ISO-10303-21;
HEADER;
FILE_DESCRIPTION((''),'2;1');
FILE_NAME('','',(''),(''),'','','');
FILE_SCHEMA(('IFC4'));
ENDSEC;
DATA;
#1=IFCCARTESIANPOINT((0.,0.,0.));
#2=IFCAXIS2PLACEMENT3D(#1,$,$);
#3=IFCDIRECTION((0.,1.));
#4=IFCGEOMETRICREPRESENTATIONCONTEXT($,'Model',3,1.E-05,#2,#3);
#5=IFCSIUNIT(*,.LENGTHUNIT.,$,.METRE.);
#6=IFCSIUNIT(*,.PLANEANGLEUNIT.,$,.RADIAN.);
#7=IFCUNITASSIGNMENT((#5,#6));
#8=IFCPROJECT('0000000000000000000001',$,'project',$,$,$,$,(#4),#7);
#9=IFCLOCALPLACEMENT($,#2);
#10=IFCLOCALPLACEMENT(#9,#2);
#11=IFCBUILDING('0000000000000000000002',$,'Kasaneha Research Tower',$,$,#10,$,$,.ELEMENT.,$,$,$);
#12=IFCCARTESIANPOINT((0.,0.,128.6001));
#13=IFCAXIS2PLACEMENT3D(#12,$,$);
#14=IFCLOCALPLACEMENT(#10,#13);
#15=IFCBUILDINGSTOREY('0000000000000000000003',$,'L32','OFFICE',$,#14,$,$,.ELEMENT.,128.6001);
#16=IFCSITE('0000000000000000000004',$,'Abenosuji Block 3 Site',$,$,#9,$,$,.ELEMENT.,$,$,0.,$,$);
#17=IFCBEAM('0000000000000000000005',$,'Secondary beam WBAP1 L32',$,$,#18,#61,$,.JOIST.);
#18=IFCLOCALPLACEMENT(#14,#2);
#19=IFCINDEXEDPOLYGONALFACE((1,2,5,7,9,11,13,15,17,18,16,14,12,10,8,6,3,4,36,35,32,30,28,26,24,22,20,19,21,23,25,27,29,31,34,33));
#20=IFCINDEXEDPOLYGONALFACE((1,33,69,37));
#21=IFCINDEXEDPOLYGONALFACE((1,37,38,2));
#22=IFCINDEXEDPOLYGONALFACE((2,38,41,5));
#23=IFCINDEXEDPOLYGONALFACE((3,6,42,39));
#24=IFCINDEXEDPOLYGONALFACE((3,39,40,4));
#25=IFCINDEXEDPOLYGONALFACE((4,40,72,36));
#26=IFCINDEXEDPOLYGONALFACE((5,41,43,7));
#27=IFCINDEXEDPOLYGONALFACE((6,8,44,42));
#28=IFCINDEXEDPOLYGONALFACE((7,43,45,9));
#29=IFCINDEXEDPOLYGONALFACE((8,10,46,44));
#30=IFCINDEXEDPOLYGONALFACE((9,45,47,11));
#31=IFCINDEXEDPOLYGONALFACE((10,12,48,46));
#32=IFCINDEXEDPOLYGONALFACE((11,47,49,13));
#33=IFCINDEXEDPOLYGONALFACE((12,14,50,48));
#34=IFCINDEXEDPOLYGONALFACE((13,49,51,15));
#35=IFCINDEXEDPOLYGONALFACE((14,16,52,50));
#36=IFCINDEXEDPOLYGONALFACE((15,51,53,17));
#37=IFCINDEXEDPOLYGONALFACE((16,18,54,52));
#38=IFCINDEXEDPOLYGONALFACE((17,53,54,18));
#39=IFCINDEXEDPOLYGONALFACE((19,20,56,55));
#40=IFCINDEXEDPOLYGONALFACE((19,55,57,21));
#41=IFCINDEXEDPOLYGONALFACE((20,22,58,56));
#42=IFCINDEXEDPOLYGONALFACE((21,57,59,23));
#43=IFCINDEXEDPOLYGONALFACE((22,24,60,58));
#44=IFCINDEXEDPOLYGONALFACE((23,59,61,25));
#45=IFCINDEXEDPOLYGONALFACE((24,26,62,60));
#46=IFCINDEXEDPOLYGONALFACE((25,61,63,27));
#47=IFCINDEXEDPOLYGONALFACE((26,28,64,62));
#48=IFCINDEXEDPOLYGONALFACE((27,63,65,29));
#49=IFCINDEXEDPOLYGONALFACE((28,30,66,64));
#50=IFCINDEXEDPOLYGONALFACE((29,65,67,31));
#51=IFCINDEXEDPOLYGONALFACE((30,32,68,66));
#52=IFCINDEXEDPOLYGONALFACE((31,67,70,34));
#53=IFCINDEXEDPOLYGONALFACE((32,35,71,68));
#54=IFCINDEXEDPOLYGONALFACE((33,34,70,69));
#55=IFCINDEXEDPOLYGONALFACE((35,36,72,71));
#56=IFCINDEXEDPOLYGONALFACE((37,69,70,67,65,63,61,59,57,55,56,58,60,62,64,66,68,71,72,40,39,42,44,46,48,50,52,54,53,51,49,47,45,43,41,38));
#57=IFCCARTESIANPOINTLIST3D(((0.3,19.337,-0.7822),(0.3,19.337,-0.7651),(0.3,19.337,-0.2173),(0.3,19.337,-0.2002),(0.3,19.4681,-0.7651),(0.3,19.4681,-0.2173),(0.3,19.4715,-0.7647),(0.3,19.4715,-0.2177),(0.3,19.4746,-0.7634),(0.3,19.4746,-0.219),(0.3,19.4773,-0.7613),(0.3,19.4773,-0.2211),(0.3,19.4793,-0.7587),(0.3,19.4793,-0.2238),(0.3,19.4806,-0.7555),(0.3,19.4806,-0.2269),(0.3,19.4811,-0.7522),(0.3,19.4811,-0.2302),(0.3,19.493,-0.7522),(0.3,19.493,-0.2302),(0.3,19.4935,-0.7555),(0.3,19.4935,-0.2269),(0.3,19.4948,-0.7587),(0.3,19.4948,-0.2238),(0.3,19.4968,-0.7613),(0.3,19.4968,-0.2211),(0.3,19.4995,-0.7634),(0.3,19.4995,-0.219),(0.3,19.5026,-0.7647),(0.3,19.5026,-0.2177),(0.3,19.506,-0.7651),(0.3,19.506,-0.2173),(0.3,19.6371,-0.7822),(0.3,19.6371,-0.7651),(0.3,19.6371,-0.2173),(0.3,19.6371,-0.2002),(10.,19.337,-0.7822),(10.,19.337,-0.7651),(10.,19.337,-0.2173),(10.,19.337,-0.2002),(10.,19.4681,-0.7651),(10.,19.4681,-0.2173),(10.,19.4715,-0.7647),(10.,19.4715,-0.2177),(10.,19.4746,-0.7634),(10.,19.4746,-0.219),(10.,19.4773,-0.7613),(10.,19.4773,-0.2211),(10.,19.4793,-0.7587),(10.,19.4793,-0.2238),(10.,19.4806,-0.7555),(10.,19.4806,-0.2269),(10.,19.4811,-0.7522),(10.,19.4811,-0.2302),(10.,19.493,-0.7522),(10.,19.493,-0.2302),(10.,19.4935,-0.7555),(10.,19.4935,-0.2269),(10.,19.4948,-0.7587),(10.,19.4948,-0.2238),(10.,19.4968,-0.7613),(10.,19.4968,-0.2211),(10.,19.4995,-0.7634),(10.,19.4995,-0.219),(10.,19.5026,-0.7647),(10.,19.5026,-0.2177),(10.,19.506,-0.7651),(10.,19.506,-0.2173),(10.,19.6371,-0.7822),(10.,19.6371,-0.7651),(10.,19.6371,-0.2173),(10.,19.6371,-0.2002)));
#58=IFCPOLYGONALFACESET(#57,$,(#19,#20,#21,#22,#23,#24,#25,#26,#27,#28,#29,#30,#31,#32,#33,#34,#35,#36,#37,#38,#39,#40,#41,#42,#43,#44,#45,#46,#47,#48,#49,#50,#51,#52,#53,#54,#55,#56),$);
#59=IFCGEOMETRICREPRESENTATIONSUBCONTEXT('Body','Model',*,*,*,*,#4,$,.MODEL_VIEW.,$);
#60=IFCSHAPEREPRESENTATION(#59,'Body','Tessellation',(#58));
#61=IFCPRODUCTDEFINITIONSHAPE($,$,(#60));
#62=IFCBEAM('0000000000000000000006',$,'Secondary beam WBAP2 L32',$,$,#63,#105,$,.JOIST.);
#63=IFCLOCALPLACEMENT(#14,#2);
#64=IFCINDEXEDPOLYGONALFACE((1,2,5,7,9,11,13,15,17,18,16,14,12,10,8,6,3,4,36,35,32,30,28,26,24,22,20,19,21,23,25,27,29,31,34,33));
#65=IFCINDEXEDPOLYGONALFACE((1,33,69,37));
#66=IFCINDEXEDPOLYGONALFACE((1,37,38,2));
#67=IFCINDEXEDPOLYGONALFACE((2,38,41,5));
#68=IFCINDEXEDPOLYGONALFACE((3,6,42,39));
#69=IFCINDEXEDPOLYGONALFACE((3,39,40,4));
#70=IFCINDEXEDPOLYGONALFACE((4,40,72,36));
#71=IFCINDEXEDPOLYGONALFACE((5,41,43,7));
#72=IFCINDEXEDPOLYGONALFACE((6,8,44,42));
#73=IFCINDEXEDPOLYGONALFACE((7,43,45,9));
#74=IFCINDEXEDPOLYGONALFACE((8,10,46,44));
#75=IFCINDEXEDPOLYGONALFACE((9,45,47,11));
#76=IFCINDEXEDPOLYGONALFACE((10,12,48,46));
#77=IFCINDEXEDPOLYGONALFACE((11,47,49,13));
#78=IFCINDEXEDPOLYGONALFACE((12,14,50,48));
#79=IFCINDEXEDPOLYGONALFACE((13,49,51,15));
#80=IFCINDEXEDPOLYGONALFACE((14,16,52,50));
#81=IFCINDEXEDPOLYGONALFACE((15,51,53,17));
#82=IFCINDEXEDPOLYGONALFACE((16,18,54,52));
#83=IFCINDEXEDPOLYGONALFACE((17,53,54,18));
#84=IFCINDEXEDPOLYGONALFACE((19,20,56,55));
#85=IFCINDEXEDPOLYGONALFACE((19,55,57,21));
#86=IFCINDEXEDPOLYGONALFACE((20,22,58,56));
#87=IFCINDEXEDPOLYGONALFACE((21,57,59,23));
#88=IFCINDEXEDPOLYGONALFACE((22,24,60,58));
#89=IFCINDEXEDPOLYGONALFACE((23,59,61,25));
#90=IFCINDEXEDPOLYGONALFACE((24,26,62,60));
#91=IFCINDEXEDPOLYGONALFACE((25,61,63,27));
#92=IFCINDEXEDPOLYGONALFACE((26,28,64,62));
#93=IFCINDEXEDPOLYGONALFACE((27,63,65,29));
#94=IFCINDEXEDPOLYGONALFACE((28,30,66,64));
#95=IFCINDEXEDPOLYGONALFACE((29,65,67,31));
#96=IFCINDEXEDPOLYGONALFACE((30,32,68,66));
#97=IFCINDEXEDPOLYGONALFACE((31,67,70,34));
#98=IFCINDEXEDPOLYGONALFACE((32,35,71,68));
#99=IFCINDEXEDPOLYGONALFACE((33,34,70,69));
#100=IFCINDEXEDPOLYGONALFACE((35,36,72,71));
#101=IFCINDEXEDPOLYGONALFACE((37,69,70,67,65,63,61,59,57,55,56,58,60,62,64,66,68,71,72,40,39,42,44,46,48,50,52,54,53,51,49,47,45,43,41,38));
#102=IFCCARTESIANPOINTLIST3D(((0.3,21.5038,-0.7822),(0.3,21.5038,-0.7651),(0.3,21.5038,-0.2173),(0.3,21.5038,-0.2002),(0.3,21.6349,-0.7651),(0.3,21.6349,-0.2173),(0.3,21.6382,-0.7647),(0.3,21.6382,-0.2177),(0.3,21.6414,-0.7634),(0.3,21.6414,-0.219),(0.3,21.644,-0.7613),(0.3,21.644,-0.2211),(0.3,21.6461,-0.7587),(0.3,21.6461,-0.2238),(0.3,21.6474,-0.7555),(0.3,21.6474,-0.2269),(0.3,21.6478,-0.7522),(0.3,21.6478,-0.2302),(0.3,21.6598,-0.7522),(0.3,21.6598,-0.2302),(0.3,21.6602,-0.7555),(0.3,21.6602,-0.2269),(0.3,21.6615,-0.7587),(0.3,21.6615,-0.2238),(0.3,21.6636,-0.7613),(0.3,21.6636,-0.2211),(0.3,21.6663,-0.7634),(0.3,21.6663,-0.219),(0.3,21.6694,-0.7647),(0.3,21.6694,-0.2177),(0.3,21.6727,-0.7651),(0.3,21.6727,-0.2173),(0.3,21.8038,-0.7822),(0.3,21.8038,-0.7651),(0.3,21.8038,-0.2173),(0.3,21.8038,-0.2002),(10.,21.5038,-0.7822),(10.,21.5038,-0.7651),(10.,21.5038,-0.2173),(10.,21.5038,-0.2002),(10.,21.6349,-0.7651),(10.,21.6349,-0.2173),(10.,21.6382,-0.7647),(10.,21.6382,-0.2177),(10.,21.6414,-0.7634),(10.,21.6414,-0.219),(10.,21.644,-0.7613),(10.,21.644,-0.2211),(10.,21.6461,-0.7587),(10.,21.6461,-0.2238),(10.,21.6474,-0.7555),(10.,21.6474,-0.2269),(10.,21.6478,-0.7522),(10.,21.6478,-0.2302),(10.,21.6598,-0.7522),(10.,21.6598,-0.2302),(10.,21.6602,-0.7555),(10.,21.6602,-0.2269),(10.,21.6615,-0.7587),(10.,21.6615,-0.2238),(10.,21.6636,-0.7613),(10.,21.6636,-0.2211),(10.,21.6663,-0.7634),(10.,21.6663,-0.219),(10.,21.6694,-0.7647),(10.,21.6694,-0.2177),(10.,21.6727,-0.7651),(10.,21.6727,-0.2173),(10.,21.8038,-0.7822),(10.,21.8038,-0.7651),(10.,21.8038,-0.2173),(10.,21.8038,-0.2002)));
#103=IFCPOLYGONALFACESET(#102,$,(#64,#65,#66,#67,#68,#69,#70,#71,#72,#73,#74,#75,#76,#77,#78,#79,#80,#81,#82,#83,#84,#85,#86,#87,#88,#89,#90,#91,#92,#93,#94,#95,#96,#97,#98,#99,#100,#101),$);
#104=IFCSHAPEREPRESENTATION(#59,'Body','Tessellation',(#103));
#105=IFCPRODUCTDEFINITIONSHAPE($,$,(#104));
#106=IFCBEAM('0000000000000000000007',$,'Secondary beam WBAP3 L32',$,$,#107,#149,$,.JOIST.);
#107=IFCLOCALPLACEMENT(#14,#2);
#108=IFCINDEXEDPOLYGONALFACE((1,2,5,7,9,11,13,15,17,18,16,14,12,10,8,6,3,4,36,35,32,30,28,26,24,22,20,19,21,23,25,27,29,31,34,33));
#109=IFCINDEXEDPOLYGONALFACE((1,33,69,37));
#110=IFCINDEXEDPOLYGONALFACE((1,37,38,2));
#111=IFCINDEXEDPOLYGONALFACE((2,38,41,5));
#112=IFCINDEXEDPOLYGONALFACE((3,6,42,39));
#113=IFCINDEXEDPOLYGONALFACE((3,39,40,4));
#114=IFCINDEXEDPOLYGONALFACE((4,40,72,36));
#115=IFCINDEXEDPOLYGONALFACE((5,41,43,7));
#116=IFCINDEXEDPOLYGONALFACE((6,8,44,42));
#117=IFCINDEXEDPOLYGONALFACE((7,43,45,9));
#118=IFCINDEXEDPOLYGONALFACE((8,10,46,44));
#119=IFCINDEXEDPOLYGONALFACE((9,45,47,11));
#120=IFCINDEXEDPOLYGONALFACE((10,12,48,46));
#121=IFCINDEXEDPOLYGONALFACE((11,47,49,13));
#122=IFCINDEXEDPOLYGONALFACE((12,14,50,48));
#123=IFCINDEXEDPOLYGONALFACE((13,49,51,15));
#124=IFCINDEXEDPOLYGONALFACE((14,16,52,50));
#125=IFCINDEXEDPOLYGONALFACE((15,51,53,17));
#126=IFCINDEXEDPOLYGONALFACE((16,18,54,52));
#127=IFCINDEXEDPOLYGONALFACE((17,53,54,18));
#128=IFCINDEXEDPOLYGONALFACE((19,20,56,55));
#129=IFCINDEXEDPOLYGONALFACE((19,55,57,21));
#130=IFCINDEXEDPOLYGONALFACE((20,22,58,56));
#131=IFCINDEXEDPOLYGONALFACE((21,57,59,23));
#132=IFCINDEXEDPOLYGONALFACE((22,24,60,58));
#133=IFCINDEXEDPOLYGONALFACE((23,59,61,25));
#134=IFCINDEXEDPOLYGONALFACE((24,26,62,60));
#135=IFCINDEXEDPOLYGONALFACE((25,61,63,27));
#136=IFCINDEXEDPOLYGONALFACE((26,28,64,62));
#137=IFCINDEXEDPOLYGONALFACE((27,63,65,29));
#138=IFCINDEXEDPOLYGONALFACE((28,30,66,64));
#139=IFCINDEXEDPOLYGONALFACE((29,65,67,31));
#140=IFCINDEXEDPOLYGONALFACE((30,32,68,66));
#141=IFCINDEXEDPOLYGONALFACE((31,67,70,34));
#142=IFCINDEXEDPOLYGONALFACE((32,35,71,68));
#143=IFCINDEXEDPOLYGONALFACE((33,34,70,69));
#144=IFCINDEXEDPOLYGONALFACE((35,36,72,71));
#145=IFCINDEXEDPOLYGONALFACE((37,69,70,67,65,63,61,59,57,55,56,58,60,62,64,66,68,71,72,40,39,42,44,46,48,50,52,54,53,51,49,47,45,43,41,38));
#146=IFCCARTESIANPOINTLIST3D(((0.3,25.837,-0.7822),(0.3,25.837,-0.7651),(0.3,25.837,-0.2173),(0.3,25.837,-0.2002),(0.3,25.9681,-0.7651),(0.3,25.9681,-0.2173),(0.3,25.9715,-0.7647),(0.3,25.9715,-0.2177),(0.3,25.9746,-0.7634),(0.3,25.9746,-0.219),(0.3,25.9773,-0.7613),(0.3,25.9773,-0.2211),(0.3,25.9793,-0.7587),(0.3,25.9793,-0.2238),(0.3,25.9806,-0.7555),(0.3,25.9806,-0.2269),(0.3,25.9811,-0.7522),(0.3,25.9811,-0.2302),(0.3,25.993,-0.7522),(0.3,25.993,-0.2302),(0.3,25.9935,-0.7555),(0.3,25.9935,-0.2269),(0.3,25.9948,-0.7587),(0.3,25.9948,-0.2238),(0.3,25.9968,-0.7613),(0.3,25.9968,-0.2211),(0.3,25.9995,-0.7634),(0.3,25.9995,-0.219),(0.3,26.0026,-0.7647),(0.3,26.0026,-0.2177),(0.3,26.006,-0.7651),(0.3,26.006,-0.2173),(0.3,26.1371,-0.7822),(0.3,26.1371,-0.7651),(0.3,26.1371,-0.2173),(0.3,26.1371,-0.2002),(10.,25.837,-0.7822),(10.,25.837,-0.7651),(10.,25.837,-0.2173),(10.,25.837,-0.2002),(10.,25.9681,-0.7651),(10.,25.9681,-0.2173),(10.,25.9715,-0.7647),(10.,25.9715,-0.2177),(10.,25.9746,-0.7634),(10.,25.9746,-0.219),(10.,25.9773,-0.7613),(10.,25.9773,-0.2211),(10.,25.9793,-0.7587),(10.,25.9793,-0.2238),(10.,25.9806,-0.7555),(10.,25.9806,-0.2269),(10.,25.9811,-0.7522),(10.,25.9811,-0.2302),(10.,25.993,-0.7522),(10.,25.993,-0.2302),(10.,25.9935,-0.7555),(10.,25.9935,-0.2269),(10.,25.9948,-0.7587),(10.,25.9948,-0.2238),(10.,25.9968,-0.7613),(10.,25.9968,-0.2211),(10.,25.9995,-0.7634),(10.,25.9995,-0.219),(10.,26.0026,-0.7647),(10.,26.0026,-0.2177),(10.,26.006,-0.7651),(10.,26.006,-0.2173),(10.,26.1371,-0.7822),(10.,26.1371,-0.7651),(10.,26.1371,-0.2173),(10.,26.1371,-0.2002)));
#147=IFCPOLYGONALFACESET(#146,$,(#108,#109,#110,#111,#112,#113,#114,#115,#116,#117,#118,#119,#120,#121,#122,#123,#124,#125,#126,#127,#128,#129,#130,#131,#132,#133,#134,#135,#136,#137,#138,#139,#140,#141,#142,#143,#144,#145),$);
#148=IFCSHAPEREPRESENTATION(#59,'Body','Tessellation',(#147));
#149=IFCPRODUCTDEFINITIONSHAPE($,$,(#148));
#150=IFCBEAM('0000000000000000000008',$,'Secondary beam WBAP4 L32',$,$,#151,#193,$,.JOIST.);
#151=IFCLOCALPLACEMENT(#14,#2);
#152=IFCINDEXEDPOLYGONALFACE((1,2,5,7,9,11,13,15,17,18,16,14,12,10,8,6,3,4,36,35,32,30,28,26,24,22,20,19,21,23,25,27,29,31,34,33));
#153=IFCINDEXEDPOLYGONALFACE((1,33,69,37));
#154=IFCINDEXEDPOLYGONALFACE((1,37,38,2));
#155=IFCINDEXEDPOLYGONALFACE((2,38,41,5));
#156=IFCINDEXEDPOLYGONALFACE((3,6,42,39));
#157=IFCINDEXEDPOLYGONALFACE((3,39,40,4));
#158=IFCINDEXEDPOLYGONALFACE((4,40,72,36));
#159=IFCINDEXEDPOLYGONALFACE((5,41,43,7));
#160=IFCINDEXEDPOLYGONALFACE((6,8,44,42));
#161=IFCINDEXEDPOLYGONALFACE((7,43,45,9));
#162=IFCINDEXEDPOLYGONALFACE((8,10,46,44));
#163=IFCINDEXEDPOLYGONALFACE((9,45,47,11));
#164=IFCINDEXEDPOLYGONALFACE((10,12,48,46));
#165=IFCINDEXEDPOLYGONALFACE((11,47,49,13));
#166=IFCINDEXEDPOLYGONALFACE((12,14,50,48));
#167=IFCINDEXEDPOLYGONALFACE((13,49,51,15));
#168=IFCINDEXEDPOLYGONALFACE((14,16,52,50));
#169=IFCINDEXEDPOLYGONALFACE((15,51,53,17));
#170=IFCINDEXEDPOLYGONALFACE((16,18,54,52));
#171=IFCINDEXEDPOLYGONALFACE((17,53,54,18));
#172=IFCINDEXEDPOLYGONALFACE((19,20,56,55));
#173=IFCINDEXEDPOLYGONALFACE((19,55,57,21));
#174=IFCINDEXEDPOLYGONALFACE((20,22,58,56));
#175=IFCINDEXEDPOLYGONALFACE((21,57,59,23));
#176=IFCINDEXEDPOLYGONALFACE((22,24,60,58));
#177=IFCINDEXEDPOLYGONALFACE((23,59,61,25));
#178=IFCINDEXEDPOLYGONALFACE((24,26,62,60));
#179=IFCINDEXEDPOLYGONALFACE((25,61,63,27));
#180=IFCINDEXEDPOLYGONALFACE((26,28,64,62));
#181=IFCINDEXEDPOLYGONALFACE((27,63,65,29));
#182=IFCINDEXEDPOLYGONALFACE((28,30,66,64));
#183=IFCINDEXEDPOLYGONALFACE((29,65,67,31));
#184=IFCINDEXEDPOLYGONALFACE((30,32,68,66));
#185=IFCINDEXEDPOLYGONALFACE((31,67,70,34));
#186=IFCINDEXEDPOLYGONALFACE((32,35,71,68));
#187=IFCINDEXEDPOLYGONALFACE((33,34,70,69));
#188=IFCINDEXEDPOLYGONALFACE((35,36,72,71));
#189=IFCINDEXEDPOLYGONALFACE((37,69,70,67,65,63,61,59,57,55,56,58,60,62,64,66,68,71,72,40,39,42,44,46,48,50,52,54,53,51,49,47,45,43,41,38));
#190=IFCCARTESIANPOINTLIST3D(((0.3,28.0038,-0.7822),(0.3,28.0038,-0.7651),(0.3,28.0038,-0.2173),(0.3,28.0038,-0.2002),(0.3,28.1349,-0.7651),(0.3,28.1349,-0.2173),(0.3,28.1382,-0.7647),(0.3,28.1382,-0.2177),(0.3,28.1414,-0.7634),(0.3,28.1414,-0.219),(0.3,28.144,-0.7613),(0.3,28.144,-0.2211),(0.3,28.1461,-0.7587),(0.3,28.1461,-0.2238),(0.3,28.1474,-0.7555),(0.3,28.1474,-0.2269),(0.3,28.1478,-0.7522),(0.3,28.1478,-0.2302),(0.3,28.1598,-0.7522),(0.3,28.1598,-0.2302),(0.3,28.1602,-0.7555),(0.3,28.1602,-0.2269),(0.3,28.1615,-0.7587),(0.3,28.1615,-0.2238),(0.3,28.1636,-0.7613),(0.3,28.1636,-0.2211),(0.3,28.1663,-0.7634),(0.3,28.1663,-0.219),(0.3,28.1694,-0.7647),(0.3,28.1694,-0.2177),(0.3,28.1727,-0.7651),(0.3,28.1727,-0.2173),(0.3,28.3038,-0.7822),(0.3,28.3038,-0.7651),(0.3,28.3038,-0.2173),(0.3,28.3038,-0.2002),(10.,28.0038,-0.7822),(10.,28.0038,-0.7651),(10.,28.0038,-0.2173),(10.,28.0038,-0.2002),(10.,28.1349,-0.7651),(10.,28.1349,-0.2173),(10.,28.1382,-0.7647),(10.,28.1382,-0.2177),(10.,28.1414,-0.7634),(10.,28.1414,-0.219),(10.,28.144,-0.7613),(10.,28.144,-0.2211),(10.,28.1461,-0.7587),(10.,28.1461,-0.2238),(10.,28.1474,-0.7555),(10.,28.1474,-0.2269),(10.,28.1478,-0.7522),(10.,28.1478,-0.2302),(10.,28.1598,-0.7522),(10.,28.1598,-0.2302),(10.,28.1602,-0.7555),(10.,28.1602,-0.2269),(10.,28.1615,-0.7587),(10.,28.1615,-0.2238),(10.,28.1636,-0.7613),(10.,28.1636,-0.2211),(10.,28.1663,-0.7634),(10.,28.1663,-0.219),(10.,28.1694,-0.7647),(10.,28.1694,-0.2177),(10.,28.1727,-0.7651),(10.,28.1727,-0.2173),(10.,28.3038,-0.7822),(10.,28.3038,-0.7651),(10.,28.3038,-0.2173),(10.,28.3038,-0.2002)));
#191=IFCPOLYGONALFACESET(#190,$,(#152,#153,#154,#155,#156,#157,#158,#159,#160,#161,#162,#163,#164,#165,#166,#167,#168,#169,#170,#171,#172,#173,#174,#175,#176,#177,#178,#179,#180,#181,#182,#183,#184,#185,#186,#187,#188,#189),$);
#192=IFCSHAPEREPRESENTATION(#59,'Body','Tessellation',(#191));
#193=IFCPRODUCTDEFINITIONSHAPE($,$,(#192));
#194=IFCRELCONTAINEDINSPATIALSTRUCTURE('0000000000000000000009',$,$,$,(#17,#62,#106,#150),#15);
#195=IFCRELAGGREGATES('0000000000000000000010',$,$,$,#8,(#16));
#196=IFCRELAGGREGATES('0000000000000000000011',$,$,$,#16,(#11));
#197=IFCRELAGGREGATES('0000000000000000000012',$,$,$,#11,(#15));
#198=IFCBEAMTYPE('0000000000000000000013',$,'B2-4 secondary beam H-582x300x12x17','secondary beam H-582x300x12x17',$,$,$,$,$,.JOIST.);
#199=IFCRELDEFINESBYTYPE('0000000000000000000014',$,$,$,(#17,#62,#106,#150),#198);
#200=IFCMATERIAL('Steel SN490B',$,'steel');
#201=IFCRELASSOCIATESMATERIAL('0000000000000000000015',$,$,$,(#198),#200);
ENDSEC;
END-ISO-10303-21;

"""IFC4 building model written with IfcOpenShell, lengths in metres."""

from ifc_helpers import new_model, si_unit, direction, frame, origin, origin_2d, place, context, subcontext, project, spatial, i_section, extrude, material, material_profile, profile_set, type_object, element, save


model = new_model("IFC4")

# Units and contexts
model_context = context("Model", 3, precision=1e-05, world=origin(), true_north=direction((0.0, 1.0)))
body_context = subcontext(model_context, "Body", "Model", "MODEL_VIEW")
ifc_project = project(units=[si_unit("LENGTHUNIT", "METRE"), si_unit("PLANEANGLEUNIT", "RADIAN")], contexts=[model_context])

# Site, building, storey
site_placement = place(None, origin())
site = spatial("IfcSite", under=ifc_project, at=site_placement, Name="Abenosuji Block 3 Site", CompositionType="ELEMENT", RefElevation=0.0)
building_placement = place(site_placement, origin())
building = spatial("IfcBuilding", under=site, at=building_placement, Name="Kasaneha Research Tower", CompositionType="ELEMENT")
storey_placement = place(building_placement, frame((0.0, 0.0, 128.6001)))
storey = spatial("IfcBuildingStorey", under=building, at=storey_placement, Name="L32", Description="OFFICE", CompositionType="ELEMENT", Elevation=128.6001)

# Beams
ifc_material_1 = material(Name="Steel SN490B", Category="steel")
ifc_material_profile_1 = material_profile(ifc_material_1, i_section(OverallWidth=0.3, OverallDepth=0.582, WebThickness=0.012, FlangeThickness=0.0171, FilletRadius=0.0129, at=origin_2d()), Name="H-582x300x12x17")
ifc_profile_set_1 = profile_set([ifc_material_profile_1], Name="Steel SN490B")
beam_type_1 = type_object("IfcBeamType", Name="B2-4 secondary beam H-582x300x12x17", Description="secondary beam H-582x300x12x17", PredefinedType="JOIST", material=ifc_profile_set_1)
for number, where, z_axis, x_axis, name in (
    (1, (10.0, 19.4871, -0.4912), (-1.0, 0.0, 0.0), (0.0, -1.0, 0.0), "Secondary beam WBAP1 L32"),
    (2, (10.0, 21.6538, -0.4912), (-1.0, 0.0, 0.0), (0.0, -1.0, 0.0), "Secondary beam WBAP2 L32"),
    (3, (10.0, 25.9871, -0.4912), (-1.0, 0.0, 0.0), (0.0, -1.0, 0.0), "Secondary beam WBAP3 L32"),
    (4, (10.0, 28.1538, -0.4912), (-1.0, 0.0, 0.0), (0.0, -1.0, 0.0), "Secondary beam WBAP4 L32"),
):
    element("IfcBeam", number, at=place(storey_placement, frame(where, z_axis=z_axis, x_axis=x_axis)), inside=storey, type_object=beam_type_1, Name=name, PredefinedType="JOIST", context=body_context, shape_type="SweptSolid", body=[
        extrude(i_section(OverallWidth=0.3, OverallDepth=0.582, WebThickness=0.012, FlangeThickness=0.0171, FilletRadius=0.0129, at=origin_2d()), origin(), (0.0, 0.0, 1.0), 9.7),
    ])

save(model, "model.ifc")
